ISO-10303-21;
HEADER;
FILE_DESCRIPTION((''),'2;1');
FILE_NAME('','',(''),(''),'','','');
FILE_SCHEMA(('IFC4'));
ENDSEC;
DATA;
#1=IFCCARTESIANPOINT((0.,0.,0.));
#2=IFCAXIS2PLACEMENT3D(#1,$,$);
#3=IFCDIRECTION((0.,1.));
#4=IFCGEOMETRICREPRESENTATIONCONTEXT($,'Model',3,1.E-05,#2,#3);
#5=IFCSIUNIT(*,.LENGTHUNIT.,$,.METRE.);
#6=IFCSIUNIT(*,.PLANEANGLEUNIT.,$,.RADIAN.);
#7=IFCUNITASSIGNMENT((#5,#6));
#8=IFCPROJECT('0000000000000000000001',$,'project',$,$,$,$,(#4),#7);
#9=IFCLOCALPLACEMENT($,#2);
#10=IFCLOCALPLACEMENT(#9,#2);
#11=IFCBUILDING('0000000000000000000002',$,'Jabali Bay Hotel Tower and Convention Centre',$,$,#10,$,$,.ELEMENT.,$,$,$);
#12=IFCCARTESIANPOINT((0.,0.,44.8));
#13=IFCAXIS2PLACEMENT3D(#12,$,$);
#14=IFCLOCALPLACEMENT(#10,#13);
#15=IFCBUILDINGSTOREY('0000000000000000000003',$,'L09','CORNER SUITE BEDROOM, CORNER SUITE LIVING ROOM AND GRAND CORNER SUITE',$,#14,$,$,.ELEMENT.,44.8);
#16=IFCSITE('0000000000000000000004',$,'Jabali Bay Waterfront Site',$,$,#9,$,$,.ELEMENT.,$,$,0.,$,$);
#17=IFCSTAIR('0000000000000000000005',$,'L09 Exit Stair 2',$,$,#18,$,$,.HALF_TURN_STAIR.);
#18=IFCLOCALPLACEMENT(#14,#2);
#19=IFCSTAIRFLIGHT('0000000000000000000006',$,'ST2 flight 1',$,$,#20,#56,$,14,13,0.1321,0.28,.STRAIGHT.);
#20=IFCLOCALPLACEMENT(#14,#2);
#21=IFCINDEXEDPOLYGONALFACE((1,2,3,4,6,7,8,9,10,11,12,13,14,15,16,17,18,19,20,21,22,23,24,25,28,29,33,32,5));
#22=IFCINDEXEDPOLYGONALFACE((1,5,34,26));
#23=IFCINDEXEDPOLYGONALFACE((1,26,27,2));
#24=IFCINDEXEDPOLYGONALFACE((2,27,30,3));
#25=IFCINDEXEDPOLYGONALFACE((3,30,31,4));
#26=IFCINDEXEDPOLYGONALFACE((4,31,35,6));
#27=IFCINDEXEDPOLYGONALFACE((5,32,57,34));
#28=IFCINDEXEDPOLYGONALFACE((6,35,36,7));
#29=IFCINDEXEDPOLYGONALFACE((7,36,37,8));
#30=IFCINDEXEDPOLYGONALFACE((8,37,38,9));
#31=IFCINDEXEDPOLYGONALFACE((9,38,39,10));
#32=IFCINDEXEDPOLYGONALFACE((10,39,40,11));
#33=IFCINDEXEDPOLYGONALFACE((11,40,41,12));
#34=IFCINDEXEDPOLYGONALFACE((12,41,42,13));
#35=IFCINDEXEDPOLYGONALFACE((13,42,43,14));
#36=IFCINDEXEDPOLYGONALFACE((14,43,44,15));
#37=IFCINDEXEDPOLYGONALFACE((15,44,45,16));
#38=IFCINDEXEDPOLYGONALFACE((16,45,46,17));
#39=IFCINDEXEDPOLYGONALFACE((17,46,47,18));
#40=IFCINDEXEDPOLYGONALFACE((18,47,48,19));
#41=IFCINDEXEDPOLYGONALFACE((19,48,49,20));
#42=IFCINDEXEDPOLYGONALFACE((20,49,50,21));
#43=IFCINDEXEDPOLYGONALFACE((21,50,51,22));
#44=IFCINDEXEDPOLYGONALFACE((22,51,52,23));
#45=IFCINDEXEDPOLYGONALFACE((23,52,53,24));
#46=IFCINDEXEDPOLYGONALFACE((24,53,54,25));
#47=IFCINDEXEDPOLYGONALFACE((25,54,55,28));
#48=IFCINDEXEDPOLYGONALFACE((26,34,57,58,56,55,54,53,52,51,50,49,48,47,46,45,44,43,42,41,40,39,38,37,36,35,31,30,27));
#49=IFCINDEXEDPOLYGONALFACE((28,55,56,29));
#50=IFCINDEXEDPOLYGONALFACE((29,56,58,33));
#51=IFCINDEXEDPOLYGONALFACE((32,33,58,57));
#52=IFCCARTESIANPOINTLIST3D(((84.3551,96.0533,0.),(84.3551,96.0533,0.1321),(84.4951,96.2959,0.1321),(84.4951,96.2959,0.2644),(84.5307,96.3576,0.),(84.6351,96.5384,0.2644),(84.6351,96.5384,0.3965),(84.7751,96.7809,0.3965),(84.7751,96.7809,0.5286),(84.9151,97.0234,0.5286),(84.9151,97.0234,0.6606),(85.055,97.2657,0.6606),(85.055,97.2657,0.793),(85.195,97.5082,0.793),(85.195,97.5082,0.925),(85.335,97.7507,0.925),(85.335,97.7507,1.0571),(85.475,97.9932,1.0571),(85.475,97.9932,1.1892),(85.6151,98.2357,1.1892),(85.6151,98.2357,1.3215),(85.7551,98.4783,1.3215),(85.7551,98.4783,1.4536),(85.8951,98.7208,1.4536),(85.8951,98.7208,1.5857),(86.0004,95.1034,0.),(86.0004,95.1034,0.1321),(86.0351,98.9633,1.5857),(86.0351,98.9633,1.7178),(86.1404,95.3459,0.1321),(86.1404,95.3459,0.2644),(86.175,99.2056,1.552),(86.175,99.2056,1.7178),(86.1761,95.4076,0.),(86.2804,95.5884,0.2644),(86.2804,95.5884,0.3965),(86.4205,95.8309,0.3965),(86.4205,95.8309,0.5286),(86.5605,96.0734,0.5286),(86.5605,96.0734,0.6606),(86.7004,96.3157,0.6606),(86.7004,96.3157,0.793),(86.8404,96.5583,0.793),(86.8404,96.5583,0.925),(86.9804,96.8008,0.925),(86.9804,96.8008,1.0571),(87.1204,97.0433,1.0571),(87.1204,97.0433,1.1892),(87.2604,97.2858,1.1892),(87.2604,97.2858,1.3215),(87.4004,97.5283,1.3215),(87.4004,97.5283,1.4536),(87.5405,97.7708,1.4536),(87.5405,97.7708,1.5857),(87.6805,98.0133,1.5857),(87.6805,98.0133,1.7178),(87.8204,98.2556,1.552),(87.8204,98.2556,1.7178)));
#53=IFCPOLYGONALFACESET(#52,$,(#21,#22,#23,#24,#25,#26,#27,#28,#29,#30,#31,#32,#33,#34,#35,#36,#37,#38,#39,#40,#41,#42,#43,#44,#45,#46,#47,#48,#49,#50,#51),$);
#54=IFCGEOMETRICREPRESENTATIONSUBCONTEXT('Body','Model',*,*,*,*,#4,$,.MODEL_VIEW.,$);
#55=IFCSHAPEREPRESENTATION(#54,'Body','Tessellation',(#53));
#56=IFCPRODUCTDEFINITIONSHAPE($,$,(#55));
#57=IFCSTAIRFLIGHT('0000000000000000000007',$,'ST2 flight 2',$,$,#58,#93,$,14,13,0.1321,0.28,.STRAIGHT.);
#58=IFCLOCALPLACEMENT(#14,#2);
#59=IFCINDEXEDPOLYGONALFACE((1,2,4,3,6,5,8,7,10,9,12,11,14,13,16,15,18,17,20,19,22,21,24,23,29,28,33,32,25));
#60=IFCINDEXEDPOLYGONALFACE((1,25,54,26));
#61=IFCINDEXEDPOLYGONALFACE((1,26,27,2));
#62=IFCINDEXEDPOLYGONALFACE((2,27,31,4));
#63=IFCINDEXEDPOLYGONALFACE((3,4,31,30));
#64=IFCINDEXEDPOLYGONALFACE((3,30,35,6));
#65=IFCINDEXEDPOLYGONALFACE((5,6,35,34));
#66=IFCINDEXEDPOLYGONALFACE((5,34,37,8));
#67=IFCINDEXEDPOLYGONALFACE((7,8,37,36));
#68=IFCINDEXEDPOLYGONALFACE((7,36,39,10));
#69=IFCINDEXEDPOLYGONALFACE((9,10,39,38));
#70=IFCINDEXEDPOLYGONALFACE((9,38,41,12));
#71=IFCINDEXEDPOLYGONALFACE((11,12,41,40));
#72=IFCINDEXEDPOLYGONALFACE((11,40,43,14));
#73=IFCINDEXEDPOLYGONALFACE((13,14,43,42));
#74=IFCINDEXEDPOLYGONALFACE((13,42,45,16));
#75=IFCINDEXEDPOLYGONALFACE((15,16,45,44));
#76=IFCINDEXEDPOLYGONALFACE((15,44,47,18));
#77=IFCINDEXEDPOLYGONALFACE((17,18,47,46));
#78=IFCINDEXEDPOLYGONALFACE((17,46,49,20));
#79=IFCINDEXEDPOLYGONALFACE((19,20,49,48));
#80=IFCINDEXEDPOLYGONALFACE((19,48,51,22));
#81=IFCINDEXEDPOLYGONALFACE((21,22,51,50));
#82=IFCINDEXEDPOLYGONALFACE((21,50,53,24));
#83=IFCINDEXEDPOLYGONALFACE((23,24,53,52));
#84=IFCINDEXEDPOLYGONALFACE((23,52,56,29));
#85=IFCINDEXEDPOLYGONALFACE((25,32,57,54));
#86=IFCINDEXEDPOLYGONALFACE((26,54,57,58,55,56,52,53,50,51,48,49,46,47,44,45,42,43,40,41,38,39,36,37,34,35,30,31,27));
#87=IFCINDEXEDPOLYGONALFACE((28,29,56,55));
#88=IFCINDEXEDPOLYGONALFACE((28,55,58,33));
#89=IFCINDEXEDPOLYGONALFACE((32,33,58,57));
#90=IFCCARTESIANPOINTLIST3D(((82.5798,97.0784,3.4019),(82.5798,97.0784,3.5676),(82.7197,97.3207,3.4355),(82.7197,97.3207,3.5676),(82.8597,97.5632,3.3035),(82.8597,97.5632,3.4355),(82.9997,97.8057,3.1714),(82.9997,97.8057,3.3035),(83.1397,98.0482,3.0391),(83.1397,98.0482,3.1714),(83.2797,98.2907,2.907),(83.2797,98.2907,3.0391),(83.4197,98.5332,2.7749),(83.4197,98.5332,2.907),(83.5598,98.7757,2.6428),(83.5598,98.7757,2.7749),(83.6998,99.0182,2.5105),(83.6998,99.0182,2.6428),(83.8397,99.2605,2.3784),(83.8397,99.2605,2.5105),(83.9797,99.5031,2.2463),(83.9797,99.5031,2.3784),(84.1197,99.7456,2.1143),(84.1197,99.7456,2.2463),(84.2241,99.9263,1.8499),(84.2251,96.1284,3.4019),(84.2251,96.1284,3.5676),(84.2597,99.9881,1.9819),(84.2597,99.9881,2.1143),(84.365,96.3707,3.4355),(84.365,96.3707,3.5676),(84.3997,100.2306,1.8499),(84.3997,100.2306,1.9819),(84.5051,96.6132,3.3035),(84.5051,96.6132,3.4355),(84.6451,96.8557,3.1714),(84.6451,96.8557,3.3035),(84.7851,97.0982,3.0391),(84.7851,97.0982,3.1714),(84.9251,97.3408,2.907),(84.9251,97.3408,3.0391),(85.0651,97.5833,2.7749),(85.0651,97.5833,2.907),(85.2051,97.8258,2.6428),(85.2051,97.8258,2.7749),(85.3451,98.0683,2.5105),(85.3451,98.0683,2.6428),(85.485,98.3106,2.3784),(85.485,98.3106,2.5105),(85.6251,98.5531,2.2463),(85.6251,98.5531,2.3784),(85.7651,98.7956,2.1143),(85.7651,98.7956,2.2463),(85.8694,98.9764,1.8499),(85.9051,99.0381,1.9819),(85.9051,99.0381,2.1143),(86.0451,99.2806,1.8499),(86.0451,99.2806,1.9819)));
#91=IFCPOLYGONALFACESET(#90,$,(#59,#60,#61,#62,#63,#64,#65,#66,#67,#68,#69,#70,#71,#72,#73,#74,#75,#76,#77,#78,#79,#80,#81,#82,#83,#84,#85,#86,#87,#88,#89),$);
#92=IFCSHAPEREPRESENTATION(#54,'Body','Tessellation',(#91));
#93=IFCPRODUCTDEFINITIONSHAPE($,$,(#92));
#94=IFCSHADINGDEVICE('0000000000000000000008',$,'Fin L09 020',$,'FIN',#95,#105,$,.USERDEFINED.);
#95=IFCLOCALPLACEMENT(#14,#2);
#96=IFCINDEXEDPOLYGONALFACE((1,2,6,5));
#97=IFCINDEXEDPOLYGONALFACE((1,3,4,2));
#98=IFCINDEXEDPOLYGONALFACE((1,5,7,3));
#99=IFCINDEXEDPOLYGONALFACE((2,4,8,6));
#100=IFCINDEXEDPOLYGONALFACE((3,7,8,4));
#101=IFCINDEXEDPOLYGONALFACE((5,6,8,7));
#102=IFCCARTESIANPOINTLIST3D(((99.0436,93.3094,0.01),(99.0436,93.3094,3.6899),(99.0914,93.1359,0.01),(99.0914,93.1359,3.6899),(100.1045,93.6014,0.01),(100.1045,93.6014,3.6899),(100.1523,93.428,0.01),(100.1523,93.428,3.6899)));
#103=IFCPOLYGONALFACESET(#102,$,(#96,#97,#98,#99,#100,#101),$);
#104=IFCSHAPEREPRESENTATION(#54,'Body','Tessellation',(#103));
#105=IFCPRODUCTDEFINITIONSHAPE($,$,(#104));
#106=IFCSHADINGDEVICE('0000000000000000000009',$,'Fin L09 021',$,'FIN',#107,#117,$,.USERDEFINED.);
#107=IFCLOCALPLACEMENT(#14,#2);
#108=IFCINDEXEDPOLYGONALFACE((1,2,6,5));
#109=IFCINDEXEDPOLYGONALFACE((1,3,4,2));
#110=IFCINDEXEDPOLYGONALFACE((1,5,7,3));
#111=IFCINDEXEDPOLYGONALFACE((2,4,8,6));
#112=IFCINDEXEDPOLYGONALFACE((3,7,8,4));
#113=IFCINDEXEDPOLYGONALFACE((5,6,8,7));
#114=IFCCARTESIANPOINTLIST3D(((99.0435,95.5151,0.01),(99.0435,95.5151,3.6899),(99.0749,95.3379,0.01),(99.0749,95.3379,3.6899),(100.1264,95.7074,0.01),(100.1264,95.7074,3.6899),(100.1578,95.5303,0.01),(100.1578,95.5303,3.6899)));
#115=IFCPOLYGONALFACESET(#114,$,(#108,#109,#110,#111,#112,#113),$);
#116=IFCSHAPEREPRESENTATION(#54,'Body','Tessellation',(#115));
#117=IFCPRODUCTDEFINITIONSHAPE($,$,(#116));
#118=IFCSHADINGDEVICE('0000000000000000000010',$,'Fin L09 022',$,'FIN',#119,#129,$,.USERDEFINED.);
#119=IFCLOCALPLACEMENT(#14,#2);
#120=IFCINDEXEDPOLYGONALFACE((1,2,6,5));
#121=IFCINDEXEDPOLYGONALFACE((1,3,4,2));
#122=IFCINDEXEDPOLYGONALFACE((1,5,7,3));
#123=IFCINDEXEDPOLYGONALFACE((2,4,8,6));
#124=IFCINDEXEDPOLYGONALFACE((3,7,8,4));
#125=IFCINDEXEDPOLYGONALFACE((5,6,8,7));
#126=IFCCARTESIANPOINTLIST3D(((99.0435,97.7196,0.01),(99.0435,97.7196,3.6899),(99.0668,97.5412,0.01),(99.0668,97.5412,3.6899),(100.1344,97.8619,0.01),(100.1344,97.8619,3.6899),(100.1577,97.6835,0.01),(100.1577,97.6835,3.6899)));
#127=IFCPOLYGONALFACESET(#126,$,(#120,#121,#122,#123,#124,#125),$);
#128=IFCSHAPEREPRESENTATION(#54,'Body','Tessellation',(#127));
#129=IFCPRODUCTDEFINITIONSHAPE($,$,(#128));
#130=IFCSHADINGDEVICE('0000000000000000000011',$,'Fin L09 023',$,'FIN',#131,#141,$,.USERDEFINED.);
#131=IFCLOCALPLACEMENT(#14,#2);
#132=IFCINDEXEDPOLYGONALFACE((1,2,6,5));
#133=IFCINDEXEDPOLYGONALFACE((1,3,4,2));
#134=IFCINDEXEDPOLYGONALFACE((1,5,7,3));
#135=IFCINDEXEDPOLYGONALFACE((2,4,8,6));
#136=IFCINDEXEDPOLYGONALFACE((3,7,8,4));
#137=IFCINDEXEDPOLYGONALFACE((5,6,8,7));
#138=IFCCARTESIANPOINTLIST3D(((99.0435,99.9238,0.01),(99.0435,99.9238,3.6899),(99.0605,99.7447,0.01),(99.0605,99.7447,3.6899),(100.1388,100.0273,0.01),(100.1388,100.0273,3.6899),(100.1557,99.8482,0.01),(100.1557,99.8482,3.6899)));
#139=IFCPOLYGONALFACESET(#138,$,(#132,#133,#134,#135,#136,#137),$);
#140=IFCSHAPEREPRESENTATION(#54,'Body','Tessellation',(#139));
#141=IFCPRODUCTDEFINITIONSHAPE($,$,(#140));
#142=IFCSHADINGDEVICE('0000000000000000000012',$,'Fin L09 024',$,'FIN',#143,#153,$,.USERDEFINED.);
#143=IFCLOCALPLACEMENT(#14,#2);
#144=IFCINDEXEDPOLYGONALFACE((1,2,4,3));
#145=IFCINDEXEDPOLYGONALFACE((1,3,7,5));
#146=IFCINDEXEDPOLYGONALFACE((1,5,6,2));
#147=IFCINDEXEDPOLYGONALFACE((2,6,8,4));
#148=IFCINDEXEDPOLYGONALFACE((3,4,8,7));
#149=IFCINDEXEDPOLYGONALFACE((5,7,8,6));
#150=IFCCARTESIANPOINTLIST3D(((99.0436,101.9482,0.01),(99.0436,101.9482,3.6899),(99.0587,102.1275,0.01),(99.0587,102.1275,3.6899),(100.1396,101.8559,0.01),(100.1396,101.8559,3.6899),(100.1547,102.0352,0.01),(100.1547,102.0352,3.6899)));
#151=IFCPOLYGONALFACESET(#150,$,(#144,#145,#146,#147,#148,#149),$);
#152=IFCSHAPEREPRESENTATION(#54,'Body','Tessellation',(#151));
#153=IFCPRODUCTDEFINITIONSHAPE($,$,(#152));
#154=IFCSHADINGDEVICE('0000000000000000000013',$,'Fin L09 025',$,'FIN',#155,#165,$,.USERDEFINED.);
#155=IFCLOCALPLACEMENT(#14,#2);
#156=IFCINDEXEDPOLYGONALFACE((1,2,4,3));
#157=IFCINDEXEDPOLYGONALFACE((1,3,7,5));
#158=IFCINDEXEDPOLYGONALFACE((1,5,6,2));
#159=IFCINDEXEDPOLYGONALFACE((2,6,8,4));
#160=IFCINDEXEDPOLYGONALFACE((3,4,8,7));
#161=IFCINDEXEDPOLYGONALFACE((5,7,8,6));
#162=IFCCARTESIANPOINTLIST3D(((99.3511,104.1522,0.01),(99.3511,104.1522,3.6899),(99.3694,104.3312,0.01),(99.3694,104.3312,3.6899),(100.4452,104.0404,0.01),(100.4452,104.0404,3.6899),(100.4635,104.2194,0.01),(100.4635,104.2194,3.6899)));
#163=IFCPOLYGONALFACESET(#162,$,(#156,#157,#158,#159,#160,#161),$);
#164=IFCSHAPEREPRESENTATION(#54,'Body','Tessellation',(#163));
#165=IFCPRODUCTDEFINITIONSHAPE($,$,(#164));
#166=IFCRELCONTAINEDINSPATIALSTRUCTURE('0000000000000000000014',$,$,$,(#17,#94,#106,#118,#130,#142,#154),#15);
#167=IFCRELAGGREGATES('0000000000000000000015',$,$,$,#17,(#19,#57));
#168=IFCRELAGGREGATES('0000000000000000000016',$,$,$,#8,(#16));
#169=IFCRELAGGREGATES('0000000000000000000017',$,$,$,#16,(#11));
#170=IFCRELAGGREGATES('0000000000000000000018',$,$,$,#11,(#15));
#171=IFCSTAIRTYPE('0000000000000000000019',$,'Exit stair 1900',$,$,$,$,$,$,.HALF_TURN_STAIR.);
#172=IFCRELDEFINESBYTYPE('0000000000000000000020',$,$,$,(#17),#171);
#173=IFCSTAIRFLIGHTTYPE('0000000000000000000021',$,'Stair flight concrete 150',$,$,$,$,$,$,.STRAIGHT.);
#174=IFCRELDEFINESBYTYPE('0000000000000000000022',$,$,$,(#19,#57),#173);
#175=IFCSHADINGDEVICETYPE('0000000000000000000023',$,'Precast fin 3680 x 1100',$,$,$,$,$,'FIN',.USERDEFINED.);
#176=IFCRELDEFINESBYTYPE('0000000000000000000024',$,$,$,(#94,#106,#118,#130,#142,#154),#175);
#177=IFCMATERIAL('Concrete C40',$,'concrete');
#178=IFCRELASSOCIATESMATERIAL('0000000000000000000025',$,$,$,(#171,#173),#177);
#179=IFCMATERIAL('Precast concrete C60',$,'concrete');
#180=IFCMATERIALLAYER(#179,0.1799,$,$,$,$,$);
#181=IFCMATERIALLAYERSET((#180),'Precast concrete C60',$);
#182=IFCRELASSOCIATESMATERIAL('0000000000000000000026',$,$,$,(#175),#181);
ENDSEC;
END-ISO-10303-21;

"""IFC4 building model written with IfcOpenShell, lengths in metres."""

from ifc_helpers import new_model, si_unit, direction, frame, frame_2d, origin, place, context, subcontext, project, spatial, polyline, rectangle, outline, extrude, material, layer, layer_set, type_object, element, aggregate, save


model = new_model("IFC4")

# Units and contexts
model_context = context("Model", 3, precision=1e-05, world=origin(), true_north=direction((0.0, 1.0)))
body_context = subcontext(model_context, "Body", "Model", "MODEL_VIEW")
ifc_project = project(units=[si_unit("LENGTHUNIT", "METRE"), si_unit("PLANEANGLEUNIT", "RADIAN")], contexts=[model_context])

# Site, building, storey
site_placement = place(None, origin())
site = spatial("IfcSite", under=ifc_project, at=site_placement, Name="Jabali Bay Waterfront Site", CompositionType="ELEMENT", RefElevation=0.0)
building_placement = place(site_placement, origin())
building = spatial("IfcBuilding", under=site, at=building_placement, Name="Jabali Bay Hotel Tower and Convention Centre", CompositionType="ELEMENT")
storey_placement = place(building_placement, frame((0.0, 0.0, 44.8)))
storey = spatial("IfcBuildingStorey", under=building, at=storey_placement, Name="L09", Description="CORNER SUITE BEDROOM, CORNER SUITE LIVING ROOM AND GRAND CORNER SUITE", CompositionType="ELEMENT", Elevation=44.8)

# Shared definitions
ifc_material_1 = material(Name="Concrete C40", Category="concrete")

# Stair, stair flights
stair_type = type_object("IfcStairType", Name="Exit stair 1900", PredefinedType="HALF_TURN_STAIR", material=ifc_material_1)
stair_placement = place(storey_placement, origin())
stair = element("IfcStair", 1, at=stair_placement, inside=storey, type_object=stair_type, Name="L09 Exit Stair 2", PredefinedType="HALF_TURN_STAIR")
stair_flight_type = type_object("IfcStairFlightType", Name="Stair flight concrete 150", PredefinedType="STRAIGHT", material=ifc_material_1)
stair_flight_1_placement = place(storey_placement, frame((85.1777, 95.5784, 0.0), z_axis=(0.0, 0.0, 1.0), x_axis=(0.5, 0.866025, 0.0)))
stair_flight_1 = element("IfcStairFlight", 2, at=stair_flight_1_placement, type_object=stair_flight_type, Name="ST2 flight 1", NumberOfRisers=14, NumberOfTreads=13, PredefinedType="STRAIGHT", RiserHeight=0.1321, TreadLength=0.28, context=body_context, shape_type="SweptSolid", body=[
    extrude(outline(polyline([(0.0, 0.0), (0.0, 0.1321), (0.28, 0.1321), (0.28, 0.2644), (0.5601, 0.2644), (0.5601, 0.3965), (0.8401, 0.3965), (0.8401, 0.5286), (1.1201, 0.5286), (1.1201, 0.6606), (1.3999, 0.6606), (1.3999, 0.793), (1.6799, 0.793), (1.6799, 0.925), (1.96, 0.925), (1.96, 1.0571), (2.24, 1.0571), (2.24, 1.1892), (2.52, 1.1892), (2.52, 1.3215), (2.8, 1.3215), (2.8, 1.4536), (3.0801, 1.4536), (3.0801, 1.5857), (3.3601, 1.5857), (3.3601, 1.7178), (3.6399, 1.7178), (3.6399, 1.8501), (3.6399, 1.552), (0.3513, 0.0), (0.0, 0.0)])), frame((0.0, 0.95, 0.0), z_axis=(0.0, -1.0, 0.0), x_axis=(1.0, 0.0, 0.0)), (0.0, 0.0, 1.0), 1.8999),
])
stair_flight_2_placement = place(storey_placement, frame((85.2224, 99.7556, 1.8499), z_axis=(0.0, 0.0, 1.0), x_axis=(-0.5, -0.866025, 0.0)))
stair_flight_2 = element("IfcStairFlight", 3, at=stair_flight_2_placement, type_object=stair_flight_type, Name="ST2 flight 2", NumberOfRisers=14, NumberOfTreads=13, PredefinedType="STRAIGHT", RiserHeight=0.1321, TreadLength=0.28, context=body_context, shape_type="SweptSolid", body=[
    extrude(outline(polyline([(0.0, 0.0), (0.0, 0.1321), (0.28, 0.1321), (0.28, 0.2644), (0.5601, 0.2644), (0.5601, 0.3965), (0.8401, 0.3965), (0.8401, 0.5286), (1.1201, 0.5286), (1.1201, 0.6606), (1.3999, 0.6606), (1.3999, 0.793), (1.6799, 0.793), (1.6799, 0.925), (1.96, 0.925), (1.96, 1.0571), (2.24, 1.0571), (2.24, 1.1892), (2.52, 1.1892), (2.52, 1.3215), (2.8, 1.3215), (2.8, 1.4536), (3.0801, 1.4536), (3.0801, 1.5857), (3.3601, 1.5857), (3.3601, 1.7178), (3.6399, 1.7178), (3.6399, 1.8501), (3.6399, 1.552), (0.3513, 0.0), (0.0, 0.0)])), frame((0.0, 0.95, 0.0), z_axis=(0.0, -1.0, 0.0), x_axis=(1.0, 0.0, 0.0)), (0.0, 0.0, 1.0), 1.8999),
])
aggregate(stair, [stair_flight_1, stair_flight_2])

# Shading devices
ifc_material_2 = material(Name="Precast concrete C60", Category="concrete")
ifc_layer_1 = layer(ifc_material_2, 0.1799)
ifc_layer_set_1 = layer_set([ifc_layer_1], Name="Precast concrete C60")
shading_device_type = type_object("IfcShadingDeviceType", Name="Precast fin 3680 x 1100", ElementType="FIN", PredefinedType="USERDEFINED", material=ifc_layer_set_1)
shading_device_1_placement = place(storey_placement, frame((99.0674, 93.2227, 0.01), z_axis=(0.0, 0.0, 1.0), x_axis=(0.964142, 0.265389, 0.0)))
element("IfcShadingDevice", 4, at=shading_device_1_placement, inside=storey, type_object=shading_device_type, Name="Fin L09 020", ObjectType="FIN", PredefinedType="USERDEFINED", context=body_context, shape_type="SweptSolid", body=[
    extrude(rectangle(XDim=1.1003, YDim=0.1799, at=frame_2d((0.5503, 0.0))), origin(), (0.0, 0.0, 1.0), 3.6799),
])
shading_device_2_placement = place(storey_placement, frame((99.0593, 95.4265, 0.01), z_axis=(0.0, 0.0, 1.0), x_axis=(0.984586, 0.174899, 0.0)))
element("IfcShadingDevice", 5, at=shading_device_2_placement, inside=storey, type_object=shading_device_type, Name="Fin L09 021", ObjectType="FIN", PredefinedType="USERDEFINED", context=body_context, shape_type="SweptSolid", body=[
    extrude(rectangle(XDim=1.0999, YDim=0.1799, at=frame_2d((0.5498, 0.0))), origin(), (0.0, 0.0, 1.0), 3.6799),
])
for number, where, z_axis, x_axis, name in (
    (6, (99.0552, 97.6304, 0.01), (0.0, 0.0, 1.0), (0.991594, 0.129387, 0.0), "Fin L09 022"),
    (7, (99.052, 99.8342, 0.01), (0.0, 0.0, 1.0), (0.995563, 0.094097, 0.0), "Fin L09 023"),
):
    element("IfcShadingDevice", number, at=place(storey_placement, frame(where, z_axis=z_axis, x_axis=x_axis)), inside=storey, type_object=shading_device_type, Name=name, ObjectType="FIN", PredefinedType="USERDEFINED", context=body_context, shape_type="SweptSolid", body=[
        extrude(rectangle(XDim=1.1001, YDim=0.1799, at=frame_2d((0.55, 0.0))), origin(), (0.0, 0.0, 1.0), 3.6799),
    ])
for number, where, z_axis, x_axis, name in (
    (8, (99.0513, 102.0378, 0.01), (0.0, 0.0, 1.0), (0.996473, -0.083909, 0.0), "Fin L09 024"),
    (9, (99.3604, 104.2417, 0.01), (0.0, 0.0, 1.0), (0.994819, -0.101657, 0.0), "Fin L09 025"),
):
    element("IfcShadingDevice", number, at=place(storey_placement, frame(where, z_axis=z_axis, x_axis=x_axis)), inside=storey, type_object=shading_device_type, Name=name, ObjectType="FIN", PredefinedType="USERDEFINED", context=body_context, shape_type="SweptSolid", body=[
        extrude(rectangle(XDim=1.0999, YDim=0.1799, at=frame_2d((0.5498, 0.0))), origin(), (0.0, 0.0, 1.0), 3.6799),
    ])

save(model, "model.ifc")
